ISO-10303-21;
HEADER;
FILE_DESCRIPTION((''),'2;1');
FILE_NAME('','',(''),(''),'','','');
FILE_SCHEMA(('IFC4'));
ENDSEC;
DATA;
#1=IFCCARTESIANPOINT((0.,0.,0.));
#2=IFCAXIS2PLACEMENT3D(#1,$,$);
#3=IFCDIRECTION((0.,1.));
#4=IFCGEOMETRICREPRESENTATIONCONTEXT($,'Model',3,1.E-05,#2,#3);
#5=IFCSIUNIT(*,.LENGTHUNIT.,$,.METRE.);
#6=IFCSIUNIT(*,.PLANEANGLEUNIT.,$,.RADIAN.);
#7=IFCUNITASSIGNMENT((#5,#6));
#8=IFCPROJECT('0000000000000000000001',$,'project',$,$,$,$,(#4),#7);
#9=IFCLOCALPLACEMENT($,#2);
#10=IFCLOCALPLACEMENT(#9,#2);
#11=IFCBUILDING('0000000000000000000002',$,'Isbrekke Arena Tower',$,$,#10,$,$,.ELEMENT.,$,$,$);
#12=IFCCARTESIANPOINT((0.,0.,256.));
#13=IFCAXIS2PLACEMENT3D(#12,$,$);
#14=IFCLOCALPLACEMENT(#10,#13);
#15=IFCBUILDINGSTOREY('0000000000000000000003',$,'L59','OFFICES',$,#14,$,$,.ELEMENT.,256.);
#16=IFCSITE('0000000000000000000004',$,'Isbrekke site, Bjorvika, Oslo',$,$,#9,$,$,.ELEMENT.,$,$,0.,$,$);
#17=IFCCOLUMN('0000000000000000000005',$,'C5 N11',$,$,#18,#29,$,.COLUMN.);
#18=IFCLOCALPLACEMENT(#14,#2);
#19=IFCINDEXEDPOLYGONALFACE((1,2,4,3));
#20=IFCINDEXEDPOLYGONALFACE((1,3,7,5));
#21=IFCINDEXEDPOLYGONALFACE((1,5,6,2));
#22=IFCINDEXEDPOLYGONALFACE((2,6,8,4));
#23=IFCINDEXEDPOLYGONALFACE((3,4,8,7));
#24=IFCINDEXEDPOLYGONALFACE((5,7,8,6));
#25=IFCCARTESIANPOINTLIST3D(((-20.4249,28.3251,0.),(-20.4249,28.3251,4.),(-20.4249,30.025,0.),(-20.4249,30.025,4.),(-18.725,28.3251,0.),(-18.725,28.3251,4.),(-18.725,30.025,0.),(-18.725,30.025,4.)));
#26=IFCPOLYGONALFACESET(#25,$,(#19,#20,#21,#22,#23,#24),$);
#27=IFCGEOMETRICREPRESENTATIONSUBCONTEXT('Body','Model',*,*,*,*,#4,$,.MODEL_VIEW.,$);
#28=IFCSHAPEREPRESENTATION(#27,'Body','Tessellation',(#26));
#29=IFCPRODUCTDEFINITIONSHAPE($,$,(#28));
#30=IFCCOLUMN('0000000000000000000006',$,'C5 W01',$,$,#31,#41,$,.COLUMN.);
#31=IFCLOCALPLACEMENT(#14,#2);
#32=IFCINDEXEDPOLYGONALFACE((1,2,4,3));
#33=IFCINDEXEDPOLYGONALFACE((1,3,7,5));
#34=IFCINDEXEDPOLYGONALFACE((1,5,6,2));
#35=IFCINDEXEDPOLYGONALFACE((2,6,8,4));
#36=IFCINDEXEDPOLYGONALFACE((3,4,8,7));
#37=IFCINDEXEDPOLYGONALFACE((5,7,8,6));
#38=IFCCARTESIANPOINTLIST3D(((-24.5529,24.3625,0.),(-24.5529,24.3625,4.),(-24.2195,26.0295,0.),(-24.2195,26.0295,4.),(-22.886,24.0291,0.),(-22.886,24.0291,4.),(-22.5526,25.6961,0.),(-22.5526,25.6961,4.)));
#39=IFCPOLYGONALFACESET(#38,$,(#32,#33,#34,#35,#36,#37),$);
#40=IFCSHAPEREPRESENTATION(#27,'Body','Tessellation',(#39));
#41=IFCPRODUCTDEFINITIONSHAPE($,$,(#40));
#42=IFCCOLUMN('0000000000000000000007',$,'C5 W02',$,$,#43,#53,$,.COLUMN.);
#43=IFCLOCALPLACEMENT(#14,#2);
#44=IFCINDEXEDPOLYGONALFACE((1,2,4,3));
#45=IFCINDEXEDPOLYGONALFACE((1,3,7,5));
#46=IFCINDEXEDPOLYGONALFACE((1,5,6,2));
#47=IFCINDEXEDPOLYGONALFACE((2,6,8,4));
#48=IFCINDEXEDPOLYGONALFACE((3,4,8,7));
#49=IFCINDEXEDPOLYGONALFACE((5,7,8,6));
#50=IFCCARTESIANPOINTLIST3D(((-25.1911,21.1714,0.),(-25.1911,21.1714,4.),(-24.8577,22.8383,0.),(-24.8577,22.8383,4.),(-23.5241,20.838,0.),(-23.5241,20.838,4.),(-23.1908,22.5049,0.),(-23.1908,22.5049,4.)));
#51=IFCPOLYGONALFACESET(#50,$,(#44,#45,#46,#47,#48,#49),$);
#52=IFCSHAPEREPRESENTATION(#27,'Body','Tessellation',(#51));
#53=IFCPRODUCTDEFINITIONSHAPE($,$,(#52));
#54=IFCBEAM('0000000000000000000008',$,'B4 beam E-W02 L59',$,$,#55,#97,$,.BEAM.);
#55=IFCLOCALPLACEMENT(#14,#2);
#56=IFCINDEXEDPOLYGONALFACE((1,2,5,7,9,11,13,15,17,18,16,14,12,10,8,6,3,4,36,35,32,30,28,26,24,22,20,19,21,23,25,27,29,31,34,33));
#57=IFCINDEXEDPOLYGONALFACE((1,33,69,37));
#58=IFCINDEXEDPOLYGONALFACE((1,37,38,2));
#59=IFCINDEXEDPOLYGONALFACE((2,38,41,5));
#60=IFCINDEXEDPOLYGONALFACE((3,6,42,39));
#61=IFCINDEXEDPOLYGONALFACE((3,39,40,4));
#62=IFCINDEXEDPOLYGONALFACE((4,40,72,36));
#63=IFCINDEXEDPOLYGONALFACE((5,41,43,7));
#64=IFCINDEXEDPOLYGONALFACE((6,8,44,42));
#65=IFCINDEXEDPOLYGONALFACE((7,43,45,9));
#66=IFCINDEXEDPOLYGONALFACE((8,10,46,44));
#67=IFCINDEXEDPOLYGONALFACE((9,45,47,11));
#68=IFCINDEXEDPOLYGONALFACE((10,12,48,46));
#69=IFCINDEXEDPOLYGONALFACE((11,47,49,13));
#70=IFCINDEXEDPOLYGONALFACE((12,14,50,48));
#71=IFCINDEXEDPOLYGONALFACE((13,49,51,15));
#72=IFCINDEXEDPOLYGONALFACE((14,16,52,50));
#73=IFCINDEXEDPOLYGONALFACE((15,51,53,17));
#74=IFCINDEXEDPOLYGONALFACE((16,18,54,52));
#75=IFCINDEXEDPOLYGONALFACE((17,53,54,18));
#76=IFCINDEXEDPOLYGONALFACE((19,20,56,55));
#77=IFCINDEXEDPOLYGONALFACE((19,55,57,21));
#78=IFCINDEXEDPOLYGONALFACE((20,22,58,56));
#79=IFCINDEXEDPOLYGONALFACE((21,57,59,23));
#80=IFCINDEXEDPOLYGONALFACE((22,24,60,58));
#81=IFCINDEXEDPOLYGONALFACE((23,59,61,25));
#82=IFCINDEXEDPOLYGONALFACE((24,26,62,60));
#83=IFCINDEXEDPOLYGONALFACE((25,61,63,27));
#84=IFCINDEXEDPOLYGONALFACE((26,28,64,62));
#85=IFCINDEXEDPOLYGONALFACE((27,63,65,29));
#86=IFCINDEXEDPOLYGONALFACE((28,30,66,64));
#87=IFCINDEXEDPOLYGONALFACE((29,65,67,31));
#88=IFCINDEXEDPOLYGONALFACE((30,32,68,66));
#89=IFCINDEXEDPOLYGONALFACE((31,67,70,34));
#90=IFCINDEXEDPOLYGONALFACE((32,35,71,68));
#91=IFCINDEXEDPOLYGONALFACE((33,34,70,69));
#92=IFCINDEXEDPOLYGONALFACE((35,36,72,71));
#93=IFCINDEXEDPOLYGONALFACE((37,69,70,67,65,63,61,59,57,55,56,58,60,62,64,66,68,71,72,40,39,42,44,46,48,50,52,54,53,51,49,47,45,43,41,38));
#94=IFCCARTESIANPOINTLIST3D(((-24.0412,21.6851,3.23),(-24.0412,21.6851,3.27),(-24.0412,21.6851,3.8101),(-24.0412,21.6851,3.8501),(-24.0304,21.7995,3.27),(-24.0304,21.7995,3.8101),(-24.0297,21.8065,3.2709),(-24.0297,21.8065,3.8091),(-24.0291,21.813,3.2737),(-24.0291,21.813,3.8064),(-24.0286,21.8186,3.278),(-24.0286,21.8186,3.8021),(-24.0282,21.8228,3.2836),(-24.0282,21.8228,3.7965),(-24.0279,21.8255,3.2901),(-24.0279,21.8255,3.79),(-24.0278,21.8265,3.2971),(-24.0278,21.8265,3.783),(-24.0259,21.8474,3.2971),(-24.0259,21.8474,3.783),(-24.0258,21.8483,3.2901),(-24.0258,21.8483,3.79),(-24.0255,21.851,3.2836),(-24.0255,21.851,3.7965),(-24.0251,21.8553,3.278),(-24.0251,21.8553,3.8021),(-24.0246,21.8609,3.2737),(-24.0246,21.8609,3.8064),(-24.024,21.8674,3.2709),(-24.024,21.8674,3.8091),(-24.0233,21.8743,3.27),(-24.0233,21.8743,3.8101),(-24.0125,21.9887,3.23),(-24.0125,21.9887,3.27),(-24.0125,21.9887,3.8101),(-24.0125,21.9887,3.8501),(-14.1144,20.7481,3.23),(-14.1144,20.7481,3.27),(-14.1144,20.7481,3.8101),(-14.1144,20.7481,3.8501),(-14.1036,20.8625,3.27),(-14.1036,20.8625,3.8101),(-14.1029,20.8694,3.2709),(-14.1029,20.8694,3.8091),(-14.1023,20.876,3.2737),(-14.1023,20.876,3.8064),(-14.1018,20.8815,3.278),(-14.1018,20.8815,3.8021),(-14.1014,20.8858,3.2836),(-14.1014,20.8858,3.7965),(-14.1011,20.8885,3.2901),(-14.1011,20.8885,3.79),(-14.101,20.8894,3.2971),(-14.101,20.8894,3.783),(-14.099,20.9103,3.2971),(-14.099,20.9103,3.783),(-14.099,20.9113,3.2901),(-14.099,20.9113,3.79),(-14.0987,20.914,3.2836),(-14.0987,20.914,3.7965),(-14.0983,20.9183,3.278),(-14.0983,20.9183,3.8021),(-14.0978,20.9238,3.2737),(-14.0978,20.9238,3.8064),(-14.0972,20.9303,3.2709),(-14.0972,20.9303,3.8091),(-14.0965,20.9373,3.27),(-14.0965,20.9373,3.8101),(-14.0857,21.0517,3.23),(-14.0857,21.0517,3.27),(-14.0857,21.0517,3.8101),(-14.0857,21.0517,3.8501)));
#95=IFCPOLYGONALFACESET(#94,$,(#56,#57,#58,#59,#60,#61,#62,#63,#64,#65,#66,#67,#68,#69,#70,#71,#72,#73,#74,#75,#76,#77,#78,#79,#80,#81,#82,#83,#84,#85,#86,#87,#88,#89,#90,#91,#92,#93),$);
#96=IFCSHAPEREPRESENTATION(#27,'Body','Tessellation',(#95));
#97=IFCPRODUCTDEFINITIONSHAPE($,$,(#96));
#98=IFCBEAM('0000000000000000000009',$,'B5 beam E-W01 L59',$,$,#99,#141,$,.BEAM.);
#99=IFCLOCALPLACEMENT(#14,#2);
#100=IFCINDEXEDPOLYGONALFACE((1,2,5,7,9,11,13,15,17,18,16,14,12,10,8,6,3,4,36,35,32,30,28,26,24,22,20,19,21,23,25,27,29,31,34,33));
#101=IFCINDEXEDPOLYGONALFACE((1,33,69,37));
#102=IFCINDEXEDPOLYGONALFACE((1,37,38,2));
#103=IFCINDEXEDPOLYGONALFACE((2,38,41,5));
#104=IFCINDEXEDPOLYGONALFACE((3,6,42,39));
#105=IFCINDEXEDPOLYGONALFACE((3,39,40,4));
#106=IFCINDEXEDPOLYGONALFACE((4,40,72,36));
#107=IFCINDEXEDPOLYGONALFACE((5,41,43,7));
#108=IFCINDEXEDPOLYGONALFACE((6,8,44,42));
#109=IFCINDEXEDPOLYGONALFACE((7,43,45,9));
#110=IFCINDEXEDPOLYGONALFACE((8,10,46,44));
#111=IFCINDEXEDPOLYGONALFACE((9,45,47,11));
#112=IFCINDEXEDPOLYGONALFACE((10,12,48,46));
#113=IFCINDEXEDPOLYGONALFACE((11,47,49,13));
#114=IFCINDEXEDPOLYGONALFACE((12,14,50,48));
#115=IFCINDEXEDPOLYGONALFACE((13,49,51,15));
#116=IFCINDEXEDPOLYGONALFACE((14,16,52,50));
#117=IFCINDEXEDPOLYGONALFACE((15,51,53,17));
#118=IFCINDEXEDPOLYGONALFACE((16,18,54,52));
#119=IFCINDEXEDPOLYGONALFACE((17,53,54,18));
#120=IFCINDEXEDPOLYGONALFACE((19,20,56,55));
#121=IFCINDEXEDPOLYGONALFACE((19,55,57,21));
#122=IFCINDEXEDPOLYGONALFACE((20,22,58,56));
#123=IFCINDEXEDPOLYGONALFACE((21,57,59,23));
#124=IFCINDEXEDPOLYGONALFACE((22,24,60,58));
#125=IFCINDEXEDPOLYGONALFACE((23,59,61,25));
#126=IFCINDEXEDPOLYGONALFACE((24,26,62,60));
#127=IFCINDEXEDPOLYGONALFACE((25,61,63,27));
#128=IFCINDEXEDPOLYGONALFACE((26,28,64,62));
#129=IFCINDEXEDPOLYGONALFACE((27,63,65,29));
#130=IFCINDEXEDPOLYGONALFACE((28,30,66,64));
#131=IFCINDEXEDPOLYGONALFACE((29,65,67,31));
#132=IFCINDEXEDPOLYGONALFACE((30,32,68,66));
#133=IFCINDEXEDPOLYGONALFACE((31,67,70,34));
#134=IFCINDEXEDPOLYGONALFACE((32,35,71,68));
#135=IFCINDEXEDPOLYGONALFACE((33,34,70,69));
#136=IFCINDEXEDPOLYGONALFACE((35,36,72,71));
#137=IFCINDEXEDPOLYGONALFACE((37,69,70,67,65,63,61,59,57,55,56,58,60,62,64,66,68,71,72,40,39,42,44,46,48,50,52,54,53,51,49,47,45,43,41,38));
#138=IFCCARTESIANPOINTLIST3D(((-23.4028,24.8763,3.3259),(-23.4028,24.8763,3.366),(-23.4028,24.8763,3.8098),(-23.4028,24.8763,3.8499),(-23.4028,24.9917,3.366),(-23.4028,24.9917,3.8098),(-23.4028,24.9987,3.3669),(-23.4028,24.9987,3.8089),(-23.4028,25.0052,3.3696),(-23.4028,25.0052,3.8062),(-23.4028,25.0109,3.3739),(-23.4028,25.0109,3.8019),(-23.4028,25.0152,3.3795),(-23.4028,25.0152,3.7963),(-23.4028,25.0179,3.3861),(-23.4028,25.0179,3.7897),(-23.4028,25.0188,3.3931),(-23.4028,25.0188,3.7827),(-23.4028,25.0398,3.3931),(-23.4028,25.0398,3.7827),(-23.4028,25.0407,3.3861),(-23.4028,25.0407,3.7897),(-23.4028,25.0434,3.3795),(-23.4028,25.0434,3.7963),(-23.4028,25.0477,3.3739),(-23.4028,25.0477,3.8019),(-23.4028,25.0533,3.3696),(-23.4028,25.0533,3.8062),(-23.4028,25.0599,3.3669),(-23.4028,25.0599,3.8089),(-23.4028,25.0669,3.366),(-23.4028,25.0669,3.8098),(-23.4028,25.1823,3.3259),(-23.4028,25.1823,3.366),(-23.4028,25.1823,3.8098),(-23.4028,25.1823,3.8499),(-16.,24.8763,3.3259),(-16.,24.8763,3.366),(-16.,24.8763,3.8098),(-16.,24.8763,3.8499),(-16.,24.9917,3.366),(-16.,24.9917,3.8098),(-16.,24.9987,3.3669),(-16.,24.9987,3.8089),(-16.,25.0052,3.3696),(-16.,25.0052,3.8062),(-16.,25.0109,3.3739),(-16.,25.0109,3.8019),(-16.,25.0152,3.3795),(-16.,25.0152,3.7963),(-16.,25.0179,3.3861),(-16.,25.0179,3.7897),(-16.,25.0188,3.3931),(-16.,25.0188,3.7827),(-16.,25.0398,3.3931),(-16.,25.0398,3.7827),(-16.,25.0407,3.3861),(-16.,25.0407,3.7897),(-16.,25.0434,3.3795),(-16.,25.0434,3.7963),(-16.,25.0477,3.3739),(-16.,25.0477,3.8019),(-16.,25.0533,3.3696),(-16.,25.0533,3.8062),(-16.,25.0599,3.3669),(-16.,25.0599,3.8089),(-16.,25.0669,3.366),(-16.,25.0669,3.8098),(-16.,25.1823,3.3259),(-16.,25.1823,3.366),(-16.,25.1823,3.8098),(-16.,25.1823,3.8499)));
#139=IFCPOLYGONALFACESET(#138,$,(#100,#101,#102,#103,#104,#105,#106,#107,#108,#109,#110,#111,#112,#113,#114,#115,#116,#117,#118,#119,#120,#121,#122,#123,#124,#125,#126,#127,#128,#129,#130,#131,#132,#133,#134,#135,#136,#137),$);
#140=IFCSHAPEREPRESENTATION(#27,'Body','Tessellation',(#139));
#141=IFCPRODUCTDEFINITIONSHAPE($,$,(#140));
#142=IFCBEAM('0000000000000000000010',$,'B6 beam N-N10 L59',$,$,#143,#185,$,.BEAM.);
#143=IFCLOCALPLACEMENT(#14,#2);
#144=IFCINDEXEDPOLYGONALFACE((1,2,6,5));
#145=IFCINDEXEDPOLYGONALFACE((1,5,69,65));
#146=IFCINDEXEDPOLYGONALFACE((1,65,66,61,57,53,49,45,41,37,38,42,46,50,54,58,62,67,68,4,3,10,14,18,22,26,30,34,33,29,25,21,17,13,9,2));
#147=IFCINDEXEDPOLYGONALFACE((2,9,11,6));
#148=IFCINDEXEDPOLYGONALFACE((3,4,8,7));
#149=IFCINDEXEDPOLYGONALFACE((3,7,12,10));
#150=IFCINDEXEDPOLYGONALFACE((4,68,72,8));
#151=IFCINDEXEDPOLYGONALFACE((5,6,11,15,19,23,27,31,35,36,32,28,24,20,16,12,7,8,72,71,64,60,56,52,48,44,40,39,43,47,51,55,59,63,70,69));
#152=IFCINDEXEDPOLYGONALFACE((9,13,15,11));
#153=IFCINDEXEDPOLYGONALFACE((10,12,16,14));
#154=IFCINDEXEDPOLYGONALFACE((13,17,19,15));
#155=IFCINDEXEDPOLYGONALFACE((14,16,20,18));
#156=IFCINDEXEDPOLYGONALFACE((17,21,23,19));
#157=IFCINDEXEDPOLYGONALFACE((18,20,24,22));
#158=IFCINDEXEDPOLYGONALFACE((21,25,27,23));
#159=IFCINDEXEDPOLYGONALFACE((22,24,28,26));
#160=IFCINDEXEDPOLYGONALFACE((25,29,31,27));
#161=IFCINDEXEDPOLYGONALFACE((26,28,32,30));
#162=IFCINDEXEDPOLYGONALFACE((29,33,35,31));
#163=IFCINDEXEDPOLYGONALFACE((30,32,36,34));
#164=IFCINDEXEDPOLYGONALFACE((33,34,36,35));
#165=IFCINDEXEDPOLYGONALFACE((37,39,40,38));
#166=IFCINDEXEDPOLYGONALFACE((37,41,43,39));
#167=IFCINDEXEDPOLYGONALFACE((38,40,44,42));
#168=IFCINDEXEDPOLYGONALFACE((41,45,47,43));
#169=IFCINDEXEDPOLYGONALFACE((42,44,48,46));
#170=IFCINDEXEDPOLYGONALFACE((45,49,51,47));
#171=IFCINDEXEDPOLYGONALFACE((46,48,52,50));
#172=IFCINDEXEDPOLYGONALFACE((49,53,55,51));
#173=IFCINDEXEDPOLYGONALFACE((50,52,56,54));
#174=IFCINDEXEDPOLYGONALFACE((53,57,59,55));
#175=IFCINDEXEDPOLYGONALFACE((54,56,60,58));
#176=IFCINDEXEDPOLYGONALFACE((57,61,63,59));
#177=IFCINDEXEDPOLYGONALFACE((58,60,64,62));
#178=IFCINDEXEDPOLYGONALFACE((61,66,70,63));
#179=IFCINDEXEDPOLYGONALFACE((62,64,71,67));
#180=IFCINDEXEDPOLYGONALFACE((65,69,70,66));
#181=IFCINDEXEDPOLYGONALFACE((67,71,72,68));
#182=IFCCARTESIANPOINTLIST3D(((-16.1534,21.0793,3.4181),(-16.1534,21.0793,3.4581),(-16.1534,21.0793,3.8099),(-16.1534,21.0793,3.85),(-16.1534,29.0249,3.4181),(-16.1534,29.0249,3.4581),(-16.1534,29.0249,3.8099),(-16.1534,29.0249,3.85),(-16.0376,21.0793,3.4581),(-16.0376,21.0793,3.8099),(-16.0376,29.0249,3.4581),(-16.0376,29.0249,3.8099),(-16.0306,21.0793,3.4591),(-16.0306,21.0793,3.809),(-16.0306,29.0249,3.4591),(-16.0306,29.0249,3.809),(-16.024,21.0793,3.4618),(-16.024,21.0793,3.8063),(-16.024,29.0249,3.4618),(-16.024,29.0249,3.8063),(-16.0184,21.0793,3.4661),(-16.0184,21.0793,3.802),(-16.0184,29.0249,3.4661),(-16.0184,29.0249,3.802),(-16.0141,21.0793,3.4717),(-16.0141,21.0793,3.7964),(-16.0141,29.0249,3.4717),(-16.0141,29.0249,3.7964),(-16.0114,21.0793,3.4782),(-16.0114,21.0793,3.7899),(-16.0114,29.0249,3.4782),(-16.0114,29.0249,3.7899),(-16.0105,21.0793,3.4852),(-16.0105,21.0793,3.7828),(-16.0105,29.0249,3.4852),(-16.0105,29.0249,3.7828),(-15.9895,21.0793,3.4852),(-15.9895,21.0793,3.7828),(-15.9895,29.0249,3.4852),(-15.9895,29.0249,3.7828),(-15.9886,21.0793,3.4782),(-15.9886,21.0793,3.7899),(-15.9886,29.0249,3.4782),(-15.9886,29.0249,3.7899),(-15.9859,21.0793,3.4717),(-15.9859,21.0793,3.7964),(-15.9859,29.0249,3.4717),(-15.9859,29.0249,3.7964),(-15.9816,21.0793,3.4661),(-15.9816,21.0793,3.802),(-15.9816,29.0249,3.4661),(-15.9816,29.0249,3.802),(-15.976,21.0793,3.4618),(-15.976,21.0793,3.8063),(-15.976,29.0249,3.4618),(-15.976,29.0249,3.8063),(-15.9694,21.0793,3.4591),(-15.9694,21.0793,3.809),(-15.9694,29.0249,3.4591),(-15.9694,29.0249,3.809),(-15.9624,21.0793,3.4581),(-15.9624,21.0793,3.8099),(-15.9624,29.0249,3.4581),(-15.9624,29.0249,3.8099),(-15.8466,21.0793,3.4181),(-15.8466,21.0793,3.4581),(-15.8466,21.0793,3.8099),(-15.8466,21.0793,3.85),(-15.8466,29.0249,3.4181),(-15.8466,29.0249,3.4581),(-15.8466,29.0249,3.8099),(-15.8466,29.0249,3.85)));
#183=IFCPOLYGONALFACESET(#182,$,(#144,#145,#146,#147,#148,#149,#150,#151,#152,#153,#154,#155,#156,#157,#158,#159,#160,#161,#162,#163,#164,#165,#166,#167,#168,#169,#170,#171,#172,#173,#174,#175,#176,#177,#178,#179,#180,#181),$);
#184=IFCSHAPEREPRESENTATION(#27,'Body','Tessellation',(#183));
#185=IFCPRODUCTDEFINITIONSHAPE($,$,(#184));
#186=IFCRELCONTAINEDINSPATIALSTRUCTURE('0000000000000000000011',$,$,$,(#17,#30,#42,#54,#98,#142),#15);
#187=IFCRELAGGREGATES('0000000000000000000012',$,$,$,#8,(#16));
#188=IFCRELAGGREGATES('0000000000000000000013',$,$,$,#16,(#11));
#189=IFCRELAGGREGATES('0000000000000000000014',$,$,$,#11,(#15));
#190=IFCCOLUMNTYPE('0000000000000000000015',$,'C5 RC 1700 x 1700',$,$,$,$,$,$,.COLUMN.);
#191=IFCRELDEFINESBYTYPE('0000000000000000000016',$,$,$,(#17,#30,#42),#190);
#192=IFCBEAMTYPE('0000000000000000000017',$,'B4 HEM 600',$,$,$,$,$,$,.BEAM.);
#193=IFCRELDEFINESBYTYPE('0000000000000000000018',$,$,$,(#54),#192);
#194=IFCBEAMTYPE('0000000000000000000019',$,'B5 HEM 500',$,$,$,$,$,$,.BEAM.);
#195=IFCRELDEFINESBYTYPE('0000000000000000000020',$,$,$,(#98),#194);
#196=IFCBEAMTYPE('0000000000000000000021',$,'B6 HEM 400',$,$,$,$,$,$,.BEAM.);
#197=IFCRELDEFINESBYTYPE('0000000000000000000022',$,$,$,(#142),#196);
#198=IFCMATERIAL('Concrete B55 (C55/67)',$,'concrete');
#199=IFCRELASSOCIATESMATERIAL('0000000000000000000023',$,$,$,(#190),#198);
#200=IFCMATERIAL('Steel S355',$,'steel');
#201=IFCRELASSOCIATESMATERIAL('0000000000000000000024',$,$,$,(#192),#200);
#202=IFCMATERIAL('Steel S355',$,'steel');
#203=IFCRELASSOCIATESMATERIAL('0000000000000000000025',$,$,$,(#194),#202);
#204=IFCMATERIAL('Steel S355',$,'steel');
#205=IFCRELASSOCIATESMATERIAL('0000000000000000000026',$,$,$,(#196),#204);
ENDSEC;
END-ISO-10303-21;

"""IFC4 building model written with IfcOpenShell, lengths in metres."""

from ifc_helpers import new_model, si_unit, direction, frame, origin, origin_2d, place, context, subcontext, project, spatial, rectangle, i_section, extrude, material, material_profile, profile_set, type_object, element, save


model = new_model("IFC4")

# Units and contexts
model_context = context("Model", 3, precision=1e-05, world=origin(), true_north=direction((0.0, 1.0)))
body_context = subcontext(model_context, "Body", "Model", "MODEL_VIEW")
ifc_project = project(units=[si_unit("LENGTHUNIT", "METRE"), si_unit("PLANEANGLEUNIT", "RADIAN")], contexts=[model_context])

# Site, building, storey
site_placement = place(None, origin())
site = spatial("IfcSite", under=ifc_project, at=site_placement, Name="Isbrekke site, Bjorvika, Oslo", CompositionType="ELEMENT", RefElevation=0.0)
building_placement = place(site_placement, origin())
building = spatial("IfcBuilding", under=site, at=building_placement, Name="Isbrekke Arena Tower", CompositionType="ELEMENT")
storey_placement = place(building_placement, frame((0.0, 0.0, 256.0)))
storey = spatial("IfcBuildingStorey", under=building, at=storey_placement, Name="L59", Description="OFFICES", CompositionType="ELEMENT", Elevation=256.0)

# Columns
ifc_material_1 = material(Name="Concrete B55 (C55/67)", Category="concrete")
ifc_material_profile_1 = material_profile(ifc_material_1, rectangle(XDim=1.7, YDim=1.7, at=origin_2d()), Name="RC 1700x1700")
ifc_profile_set_1 = profile_set([ifc_material_profile_1], Name="Concrete B55 (C55/67)")
column_type = type_object("IfcColumnType", Name="C5 RC 1700 x 1700", PredefinedType="COLUMN", material=ifc_profile_set_1)
for number, where, z_axis, x_axis, name in (
    (1, (-19.575, 29.175, 0.0), (0.0, 0.0, 1.0), (-1.0, 0.0, 0.0), "C5 N11"),
    (2, (-23.5527, 25.0293, 0.0), (0.0, 0.0, 1.0), (-0.196116, -0.980581, 0.0), "C5 W01"),
    (3, (-24.1909, 21.8381, 0.0), (0.0, 0.0, 1.0), (-0.196116, -0.980581, 0.0), "C5 W02"),
):
    element("IfcColumn", number, at=place(storey_placement, frame(where, z_axis=z_axis, x_axis=x_axis)), inside=storey, type_object=column_type, Name=name, PredefinedType="COLUMN", context=body_context, shape_type="SweptSolid", body=[
        extrude(rectangle(XDim=1.7, YDim=1.7, at=origin_2d()), origin(), (0.0, 0.0, 1.0), 4.0),
    ])

# Beams
ifc_material_2 = material(Name="Steel S355", Category="steel")
ifc_material_profile_2 = material_profile(ifc_material_2, i_section(OverallWidth=0.3049, OverallDepth=0.6201, WebThickness=0.021, FlangeThickness=0.04, FilletRadius=0.0271, at=origin_2d()), Name="HEM 600")
ifc_profile_set_2 = profile_set([ifc_material_profile_2], Name="Steel S355")
beam_type_1 = type_object("IfcBeamType", Name="B4 HEM 600", PredefinedType="BEAM", material=ifc_profile_set_2)
beam_1_placement = place(storey_placement, frame((-24.0269, 21.8369, 3.54), z_axis=(0.995575, -0.093975, 0.0), x_axis=(0.093975, 0.995575, 0.0)))
element("IfcBeam", 4, at=beam_1_placement, inside=storey, type_object=beam_type_1, Name="B4 beam E-W02 L59", PredefinedType="BEAM", context=body_context, shape_type="SweptSolid", body=[
    extrude(i_section(OverallWidth=0.3049, OverallDepth=0.6201, WebThickness=0.021, FlangeThickness=0.04, FilletRadius=0.0271, at=origin_2d()), origin(), (0.0, 0.0, 1.0), 9.9709),
])
ifc_material_3 = material(Name="Steel S355", Category="steel")
ifc_material_profile_3 = material_profile(ifc_material_3, i_section(OverallWidth=0.3059, OverallDepth=0.5239, WebThickness=0.021, FlangeThickness=0.04, FilletRadius=0.0271, at=origin_2d()), Name="HEM 500")
ifc_profile_set_3 = profile_set([ifc_material_profile_3], Name="Steel S355")
beam_type_2 = type_object("IfcBeamType", Name="B5 HEM 500", PredefinedType="BEAM", material=ifc_profile_set_3)
beam_2_placement = place(storey_placement, frame((-23.4028, 25.0293, 3.5879), z_axis=(1.0, 0.0, 0.0), x_axis=(0.0, 1.0, 0.0)))
element("IfcBeam", 5, at=beam_2_placement, inside=storey, type_object=beam_type_2, Name="B5 beam E-W01 L59", PredefinedType="BEAM", context=body_context, shape_type="SweptSolid", body=[
    extrude(i_section(OverallWidth=0.3059, OverallDepth=0.5239, WebThickness=0.021, FlangeThickness=0.04, FilletRadius=0.0271, at=origin_2d()), origin(), (0.0, 0.0, 1.0), 7.4028),
])
ifc_material_4 = material(Name="Steel S355", Category="steel")
ifc_material_profile_4 = material_profile(ifc_material_4, i_section(OverallWidth=0.3069, OverallDepth=0.4319, WebThickness=0.021, FlangeThickness=0.04, FilletRadius=0.0271, at=origin_2d()), Name="HEM 400")
ifc_profile_set_4 = profile_set([ifc_material_profile_4], Name="Steel S355")
beam_type_3 = type_object("IfcBeamType", Name="B6 HEM 400", PredefinedType="BEAM", material=ifc_profile_set_4)
beam_3_placement = place(storey_placement, frame((-16.0, 29.0249, 3.634), z_axis=(0.0, -1.0, 0.0), x_axis=(1.0, 0.0, 0.0)))
element("IfcBeam", 6, at=beam_3_placement, inside=storey, type_object=beam_type_3, Name="B6 beam N-N10 L59", PredefinedType="BEAM", context=body_context, shape_type="SweptSolid", body=[
    extrude(i_section(OverallWidth=0.3069, OverallDepth=0.4319, WebThickness=0.021, FlangeThickness=0.04, FilletRadius=0.0271, at=origin_2d()), origin(), (0.0, 0.0, 1.0), 7.9456),
])

save(model, "model.ifc")
